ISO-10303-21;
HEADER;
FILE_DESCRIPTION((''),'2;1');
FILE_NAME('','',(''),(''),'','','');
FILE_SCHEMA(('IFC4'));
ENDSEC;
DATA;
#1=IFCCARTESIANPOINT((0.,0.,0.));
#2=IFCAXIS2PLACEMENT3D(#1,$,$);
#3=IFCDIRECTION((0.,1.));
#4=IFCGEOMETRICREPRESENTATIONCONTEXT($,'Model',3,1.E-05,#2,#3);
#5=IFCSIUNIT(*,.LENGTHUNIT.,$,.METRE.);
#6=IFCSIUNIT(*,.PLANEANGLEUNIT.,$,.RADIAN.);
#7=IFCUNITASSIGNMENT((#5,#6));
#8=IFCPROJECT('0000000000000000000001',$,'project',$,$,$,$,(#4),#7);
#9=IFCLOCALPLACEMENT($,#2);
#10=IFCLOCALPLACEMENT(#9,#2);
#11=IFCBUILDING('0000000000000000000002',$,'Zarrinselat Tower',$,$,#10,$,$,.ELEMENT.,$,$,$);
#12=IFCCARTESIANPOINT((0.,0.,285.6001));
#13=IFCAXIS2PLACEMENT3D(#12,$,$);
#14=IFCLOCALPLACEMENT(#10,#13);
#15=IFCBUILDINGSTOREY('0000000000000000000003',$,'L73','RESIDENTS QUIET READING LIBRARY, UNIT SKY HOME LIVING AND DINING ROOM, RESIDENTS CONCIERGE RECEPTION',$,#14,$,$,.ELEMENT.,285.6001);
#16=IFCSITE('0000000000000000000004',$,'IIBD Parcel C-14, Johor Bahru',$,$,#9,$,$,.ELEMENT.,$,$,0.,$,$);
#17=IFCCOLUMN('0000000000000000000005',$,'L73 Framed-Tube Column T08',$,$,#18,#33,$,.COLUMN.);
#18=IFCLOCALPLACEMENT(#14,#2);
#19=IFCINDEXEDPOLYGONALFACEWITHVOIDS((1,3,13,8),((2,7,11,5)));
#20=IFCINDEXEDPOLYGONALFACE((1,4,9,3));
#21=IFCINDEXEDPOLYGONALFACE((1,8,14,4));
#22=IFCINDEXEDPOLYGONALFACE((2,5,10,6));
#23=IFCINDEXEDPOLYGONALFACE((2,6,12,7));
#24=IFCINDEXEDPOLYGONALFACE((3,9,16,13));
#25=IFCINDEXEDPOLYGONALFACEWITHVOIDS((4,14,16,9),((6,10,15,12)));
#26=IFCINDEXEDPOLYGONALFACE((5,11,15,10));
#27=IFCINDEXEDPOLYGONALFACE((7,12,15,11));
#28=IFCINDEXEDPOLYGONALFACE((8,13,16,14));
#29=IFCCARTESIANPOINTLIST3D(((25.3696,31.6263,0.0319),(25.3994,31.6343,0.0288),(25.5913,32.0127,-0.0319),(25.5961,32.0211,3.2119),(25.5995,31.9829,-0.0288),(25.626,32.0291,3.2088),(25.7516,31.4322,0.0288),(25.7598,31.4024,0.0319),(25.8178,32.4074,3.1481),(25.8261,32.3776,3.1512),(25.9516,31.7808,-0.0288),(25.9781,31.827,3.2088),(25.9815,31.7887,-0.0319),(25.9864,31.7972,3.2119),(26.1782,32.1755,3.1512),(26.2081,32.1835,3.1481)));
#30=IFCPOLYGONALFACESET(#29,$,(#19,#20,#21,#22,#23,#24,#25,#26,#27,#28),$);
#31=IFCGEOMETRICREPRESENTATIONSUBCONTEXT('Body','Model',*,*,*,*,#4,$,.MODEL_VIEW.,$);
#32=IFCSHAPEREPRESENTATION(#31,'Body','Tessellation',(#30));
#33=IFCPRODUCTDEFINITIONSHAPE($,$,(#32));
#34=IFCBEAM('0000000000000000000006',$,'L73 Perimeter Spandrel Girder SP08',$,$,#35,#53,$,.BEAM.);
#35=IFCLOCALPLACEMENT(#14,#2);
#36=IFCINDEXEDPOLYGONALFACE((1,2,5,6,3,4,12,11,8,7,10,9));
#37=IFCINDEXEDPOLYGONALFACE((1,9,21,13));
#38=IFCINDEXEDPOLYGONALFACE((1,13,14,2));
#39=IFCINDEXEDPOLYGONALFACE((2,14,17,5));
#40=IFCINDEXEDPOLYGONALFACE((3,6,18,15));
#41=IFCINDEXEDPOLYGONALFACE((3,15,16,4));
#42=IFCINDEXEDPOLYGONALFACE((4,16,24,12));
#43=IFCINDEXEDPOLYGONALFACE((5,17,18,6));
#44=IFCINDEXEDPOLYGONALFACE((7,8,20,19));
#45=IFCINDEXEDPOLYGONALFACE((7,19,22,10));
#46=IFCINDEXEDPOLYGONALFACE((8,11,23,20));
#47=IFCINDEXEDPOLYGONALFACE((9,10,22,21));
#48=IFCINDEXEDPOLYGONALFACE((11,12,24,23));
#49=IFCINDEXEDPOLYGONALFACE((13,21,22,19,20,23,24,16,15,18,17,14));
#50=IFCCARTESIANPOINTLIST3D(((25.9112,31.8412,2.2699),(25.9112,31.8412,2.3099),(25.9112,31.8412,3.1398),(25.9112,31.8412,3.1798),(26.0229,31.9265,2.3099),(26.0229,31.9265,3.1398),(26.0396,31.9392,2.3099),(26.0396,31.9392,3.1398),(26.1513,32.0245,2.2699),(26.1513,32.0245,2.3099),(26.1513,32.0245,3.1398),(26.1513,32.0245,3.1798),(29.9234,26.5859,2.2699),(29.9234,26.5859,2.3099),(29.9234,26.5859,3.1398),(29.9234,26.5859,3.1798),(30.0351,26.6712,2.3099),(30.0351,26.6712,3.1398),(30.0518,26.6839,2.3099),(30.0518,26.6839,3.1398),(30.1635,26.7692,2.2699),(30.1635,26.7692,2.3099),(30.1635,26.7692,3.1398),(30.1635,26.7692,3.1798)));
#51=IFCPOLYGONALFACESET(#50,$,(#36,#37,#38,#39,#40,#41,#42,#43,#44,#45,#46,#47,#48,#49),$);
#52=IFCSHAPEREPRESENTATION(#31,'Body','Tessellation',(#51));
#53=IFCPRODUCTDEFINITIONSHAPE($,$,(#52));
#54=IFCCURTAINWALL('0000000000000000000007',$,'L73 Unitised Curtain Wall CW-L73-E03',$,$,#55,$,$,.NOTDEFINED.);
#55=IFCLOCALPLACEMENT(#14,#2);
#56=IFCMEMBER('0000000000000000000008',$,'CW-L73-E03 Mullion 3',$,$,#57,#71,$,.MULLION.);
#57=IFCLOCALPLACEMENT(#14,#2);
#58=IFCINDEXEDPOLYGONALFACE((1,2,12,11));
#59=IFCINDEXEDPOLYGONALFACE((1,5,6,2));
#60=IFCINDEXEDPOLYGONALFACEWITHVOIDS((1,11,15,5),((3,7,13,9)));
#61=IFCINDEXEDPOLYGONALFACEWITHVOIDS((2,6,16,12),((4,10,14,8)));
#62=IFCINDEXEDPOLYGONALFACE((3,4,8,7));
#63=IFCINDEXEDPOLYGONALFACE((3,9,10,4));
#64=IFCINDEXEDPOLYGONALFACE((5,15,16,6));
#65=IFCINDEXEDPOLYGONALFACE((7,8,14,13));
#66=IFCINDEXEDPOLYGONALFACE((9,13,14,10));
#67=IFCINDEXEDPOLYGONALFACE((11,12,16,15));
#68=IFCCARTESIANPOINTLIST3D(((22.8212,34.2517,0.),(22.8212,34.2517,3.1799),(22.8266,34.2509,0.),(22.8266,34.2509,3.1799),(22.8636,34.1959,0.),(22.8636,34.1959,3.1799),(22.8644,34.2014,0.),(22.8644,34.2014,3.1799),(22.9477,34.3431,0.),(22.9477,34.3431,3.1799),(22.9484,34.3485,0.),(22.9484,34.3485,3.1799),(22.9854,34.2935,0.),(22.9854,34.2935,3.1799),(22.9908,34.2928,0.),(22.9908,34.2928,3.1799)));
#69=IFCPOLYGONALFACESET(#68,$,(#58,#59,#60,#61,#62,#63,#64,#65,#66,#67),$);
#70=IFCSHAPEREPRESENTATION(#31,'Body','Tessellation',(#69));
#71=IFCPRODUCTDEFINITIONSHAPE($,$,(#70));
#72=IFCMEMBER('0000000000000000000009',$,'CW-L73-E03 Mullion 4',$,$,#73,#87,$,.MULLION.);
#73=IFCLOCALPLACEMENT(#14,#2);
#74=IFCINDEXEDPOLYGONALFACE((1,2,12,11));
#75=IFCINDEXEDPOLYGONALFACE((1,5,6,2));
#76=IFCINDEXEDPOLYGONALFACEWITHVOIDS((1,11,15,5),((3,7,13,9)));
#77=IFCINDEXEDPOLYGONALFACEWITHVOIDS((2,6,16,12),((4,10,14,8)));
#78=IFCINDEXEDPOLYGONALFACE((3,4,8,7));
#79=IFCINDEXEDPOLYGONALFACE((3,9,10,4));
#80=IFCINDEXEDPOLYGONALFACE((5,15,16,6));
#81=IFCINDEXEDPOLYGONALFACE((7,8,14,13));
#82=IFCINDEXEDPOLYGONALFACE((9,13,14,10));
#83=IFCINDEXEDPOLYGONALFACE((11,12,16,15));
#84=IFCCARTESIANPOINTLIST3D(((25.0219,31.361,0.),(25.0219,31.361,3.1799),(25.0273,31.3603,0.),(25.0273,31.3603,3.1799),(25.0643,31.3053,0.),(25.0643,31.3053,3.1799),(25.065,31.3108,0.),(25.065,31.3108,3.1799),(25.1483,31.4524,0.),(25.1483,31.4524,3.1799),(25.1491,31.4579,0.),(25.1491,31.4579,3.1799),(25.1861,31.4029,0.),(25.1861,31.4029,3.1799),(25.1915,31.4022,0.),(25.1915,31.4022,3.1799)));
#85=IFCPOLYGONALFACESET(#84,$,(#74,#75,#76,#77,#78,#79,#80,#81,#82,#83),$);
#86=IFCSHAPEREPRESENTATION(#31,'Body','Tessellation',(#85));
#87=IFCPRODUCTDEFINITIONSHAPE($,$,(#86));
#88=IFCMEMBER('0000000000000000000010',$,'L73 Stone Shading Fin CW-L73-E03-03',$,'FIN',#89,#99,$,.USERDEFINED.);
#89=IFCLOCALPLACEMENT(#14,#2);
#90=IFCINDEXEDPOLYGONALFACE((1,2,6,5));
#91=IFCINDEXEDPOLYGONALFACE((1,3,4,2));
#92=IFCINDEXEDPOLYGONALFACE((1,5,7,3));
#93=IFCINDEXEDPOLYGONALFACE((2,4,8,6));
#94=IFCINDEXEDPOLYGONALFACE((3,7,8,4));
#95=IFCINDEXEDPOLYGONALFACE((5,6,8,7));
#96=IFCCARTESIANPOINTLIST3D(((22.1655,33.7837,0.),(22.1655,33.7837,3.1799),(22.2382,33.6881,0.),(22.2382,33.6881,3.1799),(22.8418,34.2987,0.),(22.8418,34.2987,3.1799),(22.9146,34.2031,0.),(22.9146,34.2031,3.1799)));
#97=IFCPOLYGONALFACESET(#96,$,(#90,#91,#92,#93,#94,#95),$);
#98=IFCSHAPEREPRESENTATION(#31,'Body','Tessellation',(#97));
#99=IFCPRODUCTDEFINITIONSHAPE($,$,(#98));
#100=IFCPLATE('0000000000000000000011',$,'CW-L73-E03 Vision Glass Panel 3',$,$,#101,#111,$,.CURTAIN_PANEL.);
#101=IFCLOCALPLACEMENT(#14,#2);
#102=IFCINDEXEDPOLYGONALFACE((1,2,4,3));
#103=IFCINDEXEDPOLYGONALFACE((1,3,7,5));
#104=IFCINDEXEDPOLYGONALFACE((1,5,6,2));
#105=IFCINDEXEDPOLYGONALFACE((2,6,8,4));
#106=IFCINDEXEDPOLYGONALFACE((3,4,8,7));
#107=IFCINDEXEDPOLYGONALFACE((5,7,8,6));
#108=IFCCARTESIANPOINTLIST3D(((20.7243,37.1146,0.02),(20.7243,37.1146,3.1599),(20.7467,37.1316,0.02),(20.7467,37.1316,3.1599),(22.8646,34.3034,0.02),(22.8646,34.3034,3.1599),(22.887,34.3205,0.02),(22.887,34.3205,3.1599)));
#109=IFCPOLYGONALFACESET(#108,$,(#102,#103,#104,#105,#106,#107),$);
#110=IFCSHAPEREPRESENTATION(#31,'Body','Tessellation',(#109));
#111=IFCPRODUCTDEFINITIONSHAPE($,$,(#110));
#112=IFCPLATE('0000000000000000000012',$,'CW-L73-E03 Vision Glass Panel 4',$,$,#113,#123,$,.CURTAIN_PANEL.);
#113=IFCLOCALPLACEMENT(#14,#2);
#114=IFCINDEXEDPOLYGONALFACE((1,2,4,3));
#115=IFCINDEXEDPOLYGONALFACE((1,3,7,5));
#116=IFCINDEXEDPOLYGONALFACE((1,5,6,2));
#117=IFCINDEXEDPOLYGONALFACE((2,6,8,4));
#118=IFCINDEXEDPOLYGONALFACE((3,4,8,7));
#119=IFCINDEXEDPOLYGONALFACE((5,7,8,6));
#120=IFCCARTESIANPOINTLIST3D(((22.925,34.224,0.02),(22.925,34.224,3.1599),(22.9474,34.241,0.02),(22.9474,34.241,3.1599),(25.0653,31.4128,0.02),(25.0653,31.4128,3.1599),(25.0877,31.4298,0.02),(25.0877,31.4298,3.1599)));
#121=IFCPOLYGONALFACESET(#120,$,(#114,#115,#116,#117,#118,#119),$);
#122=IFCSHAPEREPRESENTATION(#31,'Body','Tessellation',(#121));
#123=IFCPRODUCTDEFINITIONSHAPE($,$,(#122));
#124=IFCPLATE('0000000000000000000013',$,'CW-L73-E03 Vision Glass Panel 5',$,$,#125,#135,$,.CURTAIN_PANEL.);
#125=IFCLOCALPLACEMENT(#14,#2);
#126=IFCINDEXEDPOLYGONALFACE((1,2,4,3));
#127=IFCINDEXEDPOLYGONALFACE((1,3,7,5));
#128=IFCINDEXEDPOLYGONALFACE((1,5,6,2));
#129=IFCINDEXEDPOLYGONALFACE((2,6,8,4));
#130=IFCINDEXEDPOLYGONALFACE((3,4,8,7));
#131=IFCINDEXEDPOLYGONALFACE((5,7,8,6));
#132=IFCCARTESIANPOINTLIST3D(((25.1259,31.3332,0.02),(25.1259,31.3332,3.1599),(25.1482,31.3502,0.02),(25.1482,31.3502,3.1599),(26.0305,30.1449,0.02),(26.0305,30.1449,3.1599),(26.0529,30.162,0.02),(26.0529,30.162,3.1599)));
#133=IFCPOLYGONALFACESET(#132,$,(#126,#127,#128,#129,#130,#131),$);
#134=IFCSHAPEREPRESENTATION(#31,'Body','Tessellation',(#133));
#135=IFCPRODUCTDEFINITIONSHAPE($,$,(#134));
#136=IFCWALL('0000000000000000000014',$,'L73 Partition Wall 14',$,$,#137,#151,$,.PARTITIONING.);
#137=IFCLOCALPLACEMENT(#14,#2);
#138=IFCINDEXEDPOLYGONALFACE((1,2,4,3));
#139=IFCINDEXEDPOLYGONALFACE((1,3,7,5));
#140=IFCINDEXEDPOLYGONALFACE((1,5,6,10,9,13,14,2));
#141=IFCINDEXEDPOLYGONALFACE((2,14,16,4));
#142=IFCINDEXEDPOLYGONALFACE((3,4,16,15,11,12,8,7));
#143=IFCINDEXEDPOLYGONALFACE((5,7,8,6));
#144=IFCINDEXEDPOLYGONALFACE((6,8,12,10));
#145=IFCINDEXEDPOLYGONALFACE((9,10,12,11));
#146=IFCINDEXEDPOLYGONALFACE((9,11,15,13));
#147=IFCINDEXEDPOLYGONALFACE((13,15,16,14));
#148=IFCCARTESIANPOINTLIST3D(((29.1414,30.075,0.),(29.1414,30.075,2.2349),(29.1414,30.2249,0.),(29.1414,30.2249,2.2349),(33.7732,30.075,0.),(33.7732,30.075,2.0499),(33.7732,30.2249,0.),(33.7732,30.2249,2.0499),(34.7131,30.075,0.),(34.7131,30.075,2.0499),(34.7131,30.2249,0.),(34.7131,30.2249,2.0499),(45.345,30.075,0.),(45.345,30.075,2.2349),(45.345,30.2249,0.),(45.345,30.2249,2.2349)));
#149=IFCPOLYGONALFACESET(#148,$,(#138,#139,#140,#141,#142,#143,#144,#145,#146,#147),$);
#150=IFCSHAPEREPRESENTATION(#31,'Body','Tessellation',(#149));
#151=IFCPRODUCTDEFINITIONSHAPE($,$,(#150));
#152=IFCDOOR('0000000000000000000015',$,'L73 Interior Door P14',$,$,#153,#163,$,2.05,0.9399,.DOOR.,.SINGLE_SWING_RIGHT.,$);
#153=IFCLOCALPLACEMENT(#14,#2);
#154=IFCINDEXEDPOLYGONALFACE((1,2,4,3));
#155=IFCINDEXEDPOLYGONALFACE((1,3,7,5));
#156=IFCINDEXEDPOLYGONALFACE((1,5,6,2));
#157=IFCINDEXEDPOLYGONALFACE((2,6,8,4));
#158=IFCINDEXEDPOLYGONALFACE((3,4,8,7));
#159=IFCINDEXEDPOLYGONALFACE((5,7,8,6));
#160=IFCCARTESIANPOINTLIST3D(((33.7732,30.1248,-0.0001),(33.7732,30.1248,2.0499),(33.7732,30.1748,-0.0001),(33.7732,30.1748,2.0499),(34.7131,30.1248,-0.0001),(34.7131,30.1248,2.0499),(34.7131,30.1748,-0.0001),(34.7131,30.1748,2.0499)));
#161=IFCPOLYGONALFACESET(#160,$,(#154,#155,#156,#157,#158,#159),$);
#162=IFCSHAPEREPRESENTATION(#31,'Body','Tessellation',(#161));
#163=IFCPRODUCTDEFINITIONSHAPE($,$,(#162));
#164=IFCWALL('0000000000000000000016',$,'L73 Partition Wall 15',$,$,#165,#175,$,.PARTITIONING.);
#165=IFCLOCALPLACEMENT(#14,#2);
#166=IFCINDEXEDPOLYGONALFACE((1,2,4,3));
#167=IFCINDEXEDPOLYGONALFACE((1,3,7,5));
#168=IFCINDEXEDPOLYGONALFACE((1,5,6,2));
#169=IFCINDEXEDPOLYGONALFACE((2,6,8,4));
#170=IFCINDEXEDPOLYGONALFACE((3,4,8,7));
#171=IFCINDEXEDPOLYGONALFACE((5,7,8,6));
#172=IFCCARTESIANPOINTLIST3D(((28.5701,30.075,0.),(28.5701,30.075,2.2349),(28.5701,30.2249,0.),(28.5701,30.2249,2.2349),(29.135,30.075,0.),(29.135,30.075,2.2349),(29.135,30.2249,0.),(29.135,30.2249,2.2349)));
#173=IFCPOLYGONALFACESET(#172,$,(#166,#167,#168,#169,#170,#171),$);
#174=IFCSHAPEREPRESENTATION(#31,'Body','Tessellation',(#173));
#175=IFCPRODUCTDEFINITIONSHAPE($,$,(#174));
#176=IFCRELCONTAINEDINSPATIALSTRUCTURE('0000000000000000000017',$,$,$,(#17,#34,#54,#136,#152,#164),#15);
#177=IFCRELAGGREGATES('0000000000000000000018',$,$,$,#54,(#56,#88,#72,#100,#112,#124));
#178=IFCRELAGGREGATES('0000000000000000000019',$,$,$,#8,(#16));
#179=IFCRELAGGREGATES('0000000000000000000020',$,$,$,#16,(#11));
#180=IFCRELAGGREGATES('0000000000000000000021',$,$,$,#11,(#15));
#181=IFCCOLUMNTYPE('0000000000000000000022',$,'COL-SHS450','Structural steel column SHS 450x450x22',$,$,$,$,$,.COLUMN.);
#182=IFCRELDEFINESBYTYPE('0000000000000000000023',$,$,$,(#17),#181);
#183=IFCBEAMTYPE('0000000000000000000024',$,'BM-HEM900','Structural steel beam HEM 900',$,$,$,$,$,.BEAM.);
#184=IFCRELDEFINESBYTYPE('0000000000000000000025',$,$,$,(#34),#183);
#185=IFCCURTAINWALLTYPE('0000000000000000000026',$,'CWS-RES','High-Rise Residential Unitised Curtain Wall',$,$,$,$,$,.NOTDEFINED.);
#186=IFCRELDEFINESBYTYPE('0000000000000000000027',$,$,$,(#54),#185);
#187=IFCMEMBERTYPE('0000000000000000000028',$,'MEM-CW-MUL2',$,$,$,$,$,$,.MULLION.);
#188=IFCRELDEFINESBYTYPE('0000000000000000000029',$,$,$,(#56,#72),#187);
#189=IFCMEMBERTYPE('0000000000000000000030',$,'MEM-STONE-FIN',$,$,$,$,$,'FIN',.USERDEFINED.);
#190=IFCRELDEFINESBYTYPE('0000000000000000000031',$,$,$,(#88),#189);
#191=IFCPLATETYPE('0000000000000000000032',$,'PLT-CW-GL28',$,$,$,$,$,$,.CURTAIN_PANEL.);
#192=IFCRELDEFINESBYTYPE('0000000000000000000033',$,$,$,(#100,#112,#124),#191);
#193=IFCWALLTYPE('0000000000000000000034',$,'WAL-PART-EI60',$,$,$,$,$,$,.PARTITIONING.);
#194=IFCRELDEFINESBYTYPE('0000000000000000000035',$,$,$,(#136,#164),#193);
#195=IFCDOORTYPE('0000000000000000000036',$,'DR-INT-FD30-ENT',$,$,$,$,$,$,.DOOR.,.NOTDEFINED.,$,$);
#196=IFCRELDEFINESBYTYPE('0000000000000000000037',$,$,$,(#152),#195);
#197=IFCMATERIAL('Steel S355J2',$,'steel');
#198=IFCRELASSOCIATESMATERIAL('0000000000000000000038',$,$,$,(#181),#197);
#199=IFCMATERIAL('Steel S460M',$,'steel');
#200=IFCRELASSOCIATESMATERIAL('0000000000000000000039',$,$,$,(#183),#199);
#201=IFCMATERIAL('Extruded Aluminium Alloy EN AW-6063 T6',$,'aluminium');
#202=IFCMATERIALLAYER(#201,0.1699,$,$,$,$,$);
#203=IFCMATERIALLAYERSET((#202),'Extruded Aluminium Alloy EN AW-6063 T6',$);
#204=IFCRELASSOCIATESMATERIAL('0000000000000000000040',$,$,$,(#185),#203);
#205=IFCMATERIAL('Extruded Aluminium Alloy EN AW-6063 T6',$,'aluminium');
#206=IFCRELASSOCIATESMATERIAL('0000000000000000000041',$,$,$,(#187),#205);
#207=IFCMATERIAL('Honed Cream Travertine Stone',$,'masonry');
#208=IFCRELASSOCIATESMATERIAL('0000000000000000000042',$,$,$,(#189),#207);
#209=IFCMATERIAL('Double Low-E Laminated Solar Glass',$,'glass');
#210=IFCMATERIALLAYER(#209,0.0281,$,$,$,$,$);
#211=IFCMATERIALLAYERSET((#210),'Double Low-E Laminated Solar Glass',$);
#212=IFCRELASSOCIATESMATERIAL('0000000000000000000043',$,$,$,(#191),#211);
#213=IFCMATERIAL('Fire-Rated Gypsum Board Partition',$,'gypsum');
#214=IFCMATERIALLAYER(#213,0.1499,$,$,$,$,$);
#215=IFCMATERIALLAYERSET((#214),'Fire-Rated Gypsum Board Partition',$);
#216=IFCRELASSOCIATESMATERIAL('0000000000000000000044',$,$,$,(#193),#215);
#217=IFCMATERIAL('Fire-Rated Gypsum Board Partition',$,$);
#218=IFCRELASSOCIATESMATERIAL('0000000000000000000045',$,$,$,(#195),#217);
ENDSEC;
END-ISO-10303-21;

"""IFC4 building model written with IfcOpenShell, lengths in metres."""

from ifc_helpers import new_model, si_unit, direction, frame, frame_2d, origin, origin_2d, place, context, subcontext, project, spatial, rectangle, hollow_rectangle, i_section, extrude, material, layer, layer_set, material_profile, profile_set, type_object, element, fill, aggregate, save


model = new_model("IFC4")

# Units and contexts
model_context = context("Model", 3, precision=1e-05, world=origin(), true_north=direction((0.0, 1.0)))
body_context = subcontext(model_context, "Body", "Model", "MODEL_VIEW")
ifc_project = project(units=[si_unit("LENGTHUNIT", "METRE"), si_unit("PLANEANGLEUNIT", "RADIAN")], contexts=[model_context])

# Site, building, storey
site_placement = place(None, origin())
site = spatial("IfcSite", under=ifc_project, at=site_placement, Name="IIBD Parcel C-14, Johor Bahru", CompositionType="ELEMENT", RefElevation=0.0)
building_placement = place(site_placement, origin())
building = spatial("IfcBuilding", under=site, at=building_placement, Name="Zarrinselat Tower", CompositionType="ELEMENT")
storey_placement = place(building_placement, frame((0.0, 0.0, 285.6001)))
storey = spatial("IfcBuildingStorey", under=building, at=storey_placement, Name="L73", Description="RESIDENTS QUIET READING LIBRARY, UNIT SKY HOME LIVING AND DINING ROOM, RESIDENTS CONCIERGE RECEPTION", CompositionType="ELEMENT", Elevation=285.6001)

# Column
ifc_material_1 = material(Name="Steel S355J2", Category="steel")
ifc_material_profile_1 = material_profile(ifc_material_1, hollow_rectangle(XDim=0.45, YDim=0.45, WallThickness=0.022, at=origin_2d()), Name="SHS 450x450x22")
ifc_profile_set_1 = profile_set([ifc_material_profile_1], Name="Steel S355J2")
column_type = type_object("IfcColumnType", Name="COL-SHS450", Description="Structural steel column SHS 450x450x22", PredefinedType="COLUMN", material=ifc_profile_set_1)
column_placement = place(storey_placement, frame((25.6755, 31.7075, 0.0), z_axis=(0.070529, 0.122893, 0.989911), x_axis=(-0.867317, 0.497755, 0.0)))
element("IfcColumn", 1, at=column_placement, inside=storey, type_object=column_type, Name="L73 Framed-Tube Column T08", PredefinedType="COLUMN", context=body_context, shape_type="SweptSolid", body=[
    extrude(hollow_rectangle(XDim=0.45, YDim=0.45, WallThickness=0.022, at=origin_2d()), origin(), (0.0, 0.0, 1.0), 3.2124),
])

# Beam
ifc_material_2 = material(Name="Steel S460M", Category="steel")
ifc_material_profile_2 = material_profile(ifc_material_2, i_section(OverallWidth=0.302, OverallDepth=0.9099, WebThickness=0.021, FlangeThickness=0.04, at=origin_2d()), Name="HEM 900")
ifc_profile_set_2 = profile_set([ifc_material_profile_2], Name="Steel S460M")
beam_type = type_object("IfcBeamType", Name="BM-HEM900", Description="Structural steel beam HEM 900", PredefinedType="BEAM", material=ifc_profile_set_2)
beam_placement = place(storey_placement, frame((26.0312, 31.9329, 2.7249), z_axis=(0.606819, -0.79484, 0.0), x_axis=(0.79484, 0.606819, 0.0)))
element("IfcBeam", 2, at=beam_placement, inside=storey, type_object=beam_type, Name="L73 Perimeter Spandrel Girder SP08", PredefinedType="BEAM", context=body_context, shape_type="SweptSolid", body=[
    extrude(i_section(OverallWidth=0.302, OverallDepth=0.9099, WebThickness=0.021, FlangeThickness=0.04, at=origin_2d()), origin(), (0.0, 0.0, 1.0), 6.6118),
])

# Curtain wall, members, plates
ifc_material_3 = material(Name="Extruded Aluminium Alloy EN AW-6063 T6", Category="aluminium")
ifc_layer_1 = layer(ifc_material_3, 0.1699)
ifc_layer_set_1 = layer_set([ifc_layer_1], Name="Extruded Aluminium Alloy EN AW-6063 T6")
curtain_wall_type = type_object("IfcCurtainWallType", Name="CWS-RES", Description="High-Rise Residential Unitised Curtain Wall", PredefinedType="NOTDEFINED", material=ifc_layer_set_1)
curtain_wall_placement = place(storey_placement, origin())
curtain_wall = element("IfcCurtainWall", 3, at=curtain_wall_placement, inside=storey, type_object=curtain_wall_type, Name="L73 Unitised Curtain Wall CW-L73-E03", PredefinedType="NOTDEFINED")
ifc_material_4 = material(Name="Extruded Aluminium Alloy EN AW-6063 T6", Category="aluminium")
ifc_material_profile_3 = material_profile(ifc_material_4, hollow_rectangle(XDim=0.0701, YDim=0.1599, WallThickness=0.0039, at=origin_2d()), Name="RHS 160x70x4")
ifc_profile_set_3 = profile_set([ifc_material_profile_3], Name="Extruded Aluminium Alloy EN AW-6063 T6")
member_type_1 = type_object("IfcMemberType", Name="MEM-CW-MUL2", PredefinedType="MULLION", material=ifc_profile_set_3)
member_1_placement = place(storey_placement, frame((22.906, 34.2722, 0.0), z_axis=(0.0, 0.0, 1.0), x_axis=(0.605767, -0.795642, 0.0)))
member_1 = element("IfcMember", 4, at=member_1_placement, type_object=member_type_1, Name="CW-L73-E03 Mullion 3", PredefinedType="MULLION", context=body_context, shape_type="SweptSolid", body=[
    extrude(hollow_rectangle(XDim=0.0701, YDim=0.1599, WallThickness=0.0039, at=origin_2d()), origin(), (0.0, 0.0, 1.0), 3.1799),
])
member_2_placement = place(storey_placement, frame((25.1067, 31.3816, 0.0), z_axis=(0.0, 0.0, 1.0), x_axis=(0.605767, -0.795642, 0.0)))
member_2 = element("IfcMember", 5, at=member_2_placement, type_object=member_type_1, Name="CW-L73-E03 Mullion 4", PredefinedType="MULLION", context=body_context, shape_type="SweptSolid", body=[
    extrude(hollow_rectangle(XDim=0.0701, YDim=0.1599, WallThickness=0.0039, at=origin_2d()), origin(), (0.0, 0.0, 1.0), 3.1799),
])
ifc_material_5 = material(Name="Honed Cream Travertine Stone", Category="masonry")
ifc_material_profile_4 = material_profile(ifc_material_5, rectangle(XDim=0.1201, YDim=0.8501, at=origin_2d()), Name="FIN 850x120")
ifc_profile_set_4 = profile_set([ifc_material_profile_4], Name="Honed Cream Travertine Stone")
member_type_2 = type_object("IfcMemberType", Name="MEM-STONE-FIN", ElementType="FIN", PredefinedType="USERDEFINED", material=ifc_profile_set_4)
member_3_placement = place(storey_placement, frame((22.54, 33.9934, 0.0), z_axis=(0.0, 0.0, 1.0), x_axis=(-0.605767, 0.795642, 0.0)))
member_3 = element("IfcMember", 6, at=member_3_placement, type_object=member_type_2, Name="L73 Stone Shading Fin CW-L73-E03-03", ObjectType="FIN", PredefinedType="USERDEFINED", context=body_context, shape_type="SweptSolid", body=[
    extrude(rectangle(XDim=0.1201, YDim=0.8501, at=origin_2d()), origin(), (0.0, 0.0, 1.0), 3.1799),
])
ifc_material_6 = material(Name="Double Low-E Laminated Solar Glass", Category="glass")
ifc_layer_2 = layer(ifc_material_6, 0.0281)
ifc_layer_set_2 = layer_set([ifc_layer_2], Name="Double Low-E Laminated Solar Glass")
plate_type = type_object("IfcPlateType", Name="PLT-CW-GL28", PredefinedType="CURTAIN_PANEL", material=ifc_layer_set_2)
plate_1_placement = place(storey_placement, frame((21.8057, 35.7175, 0.02), z_axis=(0.0, 0.0, 1.0), x_axis=(0.605767, -0.795642, 0.0)))
plate_1 = element("IfcPlate", 7, at=plate_1_placement, type_object=plate_type, Name="CW-L73-E03 Vision Glass Panel 3", PredefinedType="CURTAIN_PANEL", context=body_context, shape_type="SweptSolid", body=[
    extrude(rectangle(XDim=3.5332, YDim=0.0281, at=origin_2d()), origin(), (0.0, 0.0, 1.0), 3.1399),
])
plate_2_placement = place(storey_placement, frame((24.0063, 32.8269, 0.02), z_axis=(0.0, 0.0, 1.0), x_axis=(0.605767, -0.795642, 0.0)))
plate_2 = element("IfcPlate", 8, at=plate_2_placement, type_object=plate_type, Name="CW-L73-E03 Vision Glass Panel 4", PredefinedType="CURTAIN_PANEL", context=body_context, shape_type="SweptSolid", body=[
    extrude(rectangle(XDim=3.5332, YDim=0.0281, at=origin_2d()), origin(), (0.0, 0.0, 1.0), 3.1399),
])
plate_3_placement = place(storey_placement, frame((25.5894, 30.7476, 0.02), z_axis=(0.0, 0.0, 1.0), x_axis=(0.605767, -0.795642, 0.0)))
plate_3 = element("IfcPlate", 9, at=plate_3_placement, type_object=plate_type, Name="CW-L73-E03 Vision Glass Panel 5", PredefinedType="CURTAIN_PANEL", context=body_context, shape_type="SweptSolid", body=[
    extrude(rectangle(XDim=1.4934, YDim=0.0281, at=origin_2d()), origin(), (0.0, 0.0, 1.0), 3.1399),
])
aggregate(curtain_wall, [member_1, member_3, member_2, plate_1, plate_2, plate_3])

# Wall, opening, door
ifc_material_7 = material(Name="Fire-Rated Gypsum Board Partition", Category="gypsum")
ifc_layer_3 = layer(ifc_material_7, 0.1499)
ifc_layer_set_3 = layer_set([ifc_layer_3], Name="Fire-Rated Gypsum Board Partition")
wall_type_1 = type_object("IfcWallType", Name="WAL-PART-EI60", PredefinedType="PARTITIONING", material=ifc_layer_set_3)
wall_1_placement = place(storey_placement, frame((29.1414, 30.1499, 0.0), z_axis=(0.0, 0.0, 1.0), x_axis=(1.0, 0.0, 0.0)))
wall_1 = element("IfcWall", 10, at=wall_1_placement, inside=storey, type_object=wall_type_1, Name="L73 Partition Wall 14", PredefinedType="PARTITIONING", context=body_context, shape_type="SweptSolid", body=[
    extrude(rectangle(XDim=16.2036, YDim=0.1499, at=frame_2d((8.1018, 0.0))), origin(), (0.0, 0.0, 1.0), 2.2349),
])
opening_1_placement = place(wall_1_placement, frame((4.6318, 0.0, 0.0)))
opening_1 = element("IfcOpeningElement", 11, at=opening_1_placement, cuts=wall_1, PredefinedType="OPENING", context=body_context, shape_type="SweptSolid", body=[
    extrude(rectangle(XDim=0.9399, YDim=2.05, at=frame_2d((0.47, 1.0249))), frame((0.0, 0.085, 0.0), z_axis=(0.0, -1.0, 0.0), x_axis=(1.0, 0.0, 0.0)), (0.0, 0.0, 1.0), 0.1699),
])
ifc_material_8 = material(Name="Fire-Rated Gypsum Board Partition")
door_type_1 = type_object("IfcDoorType", Name="DR-INT-FD30-ENT", OperationType="NOTDEFINED", PredefinedType="DOOR", material=ifc_material_8)
door_1_placement = place(opening_1_placement, origin())
door_1 = element("IfcDoor", 12, at=door_1_placement, inside=storey, type_object=door_type_1, Name="L73 Interior Door P14", OperationType="SINGLE_SWING_RIGHT", OverallHeight=2.05, OverallWidth=0.9399, PredefinedType="DOOR", context=body_context, shape_type="SweptSolid", body=[
    extrude(rectangle(XDim=0.9399, YDim=2.05, at=frame_2d((0.47, 1.0249))), frame((0.0, 0.0249, 0.0), z_axis=(0.0, -1.0, 0.0), x_axis=(1.0, 0.0, 0.0)), (0.0, 0.0, 1.0), 0.05),
])
fill(opening_1, door_1)

# Wall
wall_2_placement = place(storey_placement, frame((28.5701, 30.1499, 0.0), z_axis=(0.0, 0.0, 1.0), x_axis=(1.0, 0.0, 0.0)))
element("IfcWall", 13, at=wall_2_placement, inside=storey, type_object=wall_type_1, Name="L73 Partition Wall 15", PredefinedType="PARTITIONING", context=body_context, shape_type="SweptSolid", body=[
    extrude(rectangle(XDim=0.5649, YDim=0.1499, at=frame_2d((0.2825, 0.0))), origin(), (0.0, 0.0, 1.0), 2.2349),
])

save(model, "model.ifc")
